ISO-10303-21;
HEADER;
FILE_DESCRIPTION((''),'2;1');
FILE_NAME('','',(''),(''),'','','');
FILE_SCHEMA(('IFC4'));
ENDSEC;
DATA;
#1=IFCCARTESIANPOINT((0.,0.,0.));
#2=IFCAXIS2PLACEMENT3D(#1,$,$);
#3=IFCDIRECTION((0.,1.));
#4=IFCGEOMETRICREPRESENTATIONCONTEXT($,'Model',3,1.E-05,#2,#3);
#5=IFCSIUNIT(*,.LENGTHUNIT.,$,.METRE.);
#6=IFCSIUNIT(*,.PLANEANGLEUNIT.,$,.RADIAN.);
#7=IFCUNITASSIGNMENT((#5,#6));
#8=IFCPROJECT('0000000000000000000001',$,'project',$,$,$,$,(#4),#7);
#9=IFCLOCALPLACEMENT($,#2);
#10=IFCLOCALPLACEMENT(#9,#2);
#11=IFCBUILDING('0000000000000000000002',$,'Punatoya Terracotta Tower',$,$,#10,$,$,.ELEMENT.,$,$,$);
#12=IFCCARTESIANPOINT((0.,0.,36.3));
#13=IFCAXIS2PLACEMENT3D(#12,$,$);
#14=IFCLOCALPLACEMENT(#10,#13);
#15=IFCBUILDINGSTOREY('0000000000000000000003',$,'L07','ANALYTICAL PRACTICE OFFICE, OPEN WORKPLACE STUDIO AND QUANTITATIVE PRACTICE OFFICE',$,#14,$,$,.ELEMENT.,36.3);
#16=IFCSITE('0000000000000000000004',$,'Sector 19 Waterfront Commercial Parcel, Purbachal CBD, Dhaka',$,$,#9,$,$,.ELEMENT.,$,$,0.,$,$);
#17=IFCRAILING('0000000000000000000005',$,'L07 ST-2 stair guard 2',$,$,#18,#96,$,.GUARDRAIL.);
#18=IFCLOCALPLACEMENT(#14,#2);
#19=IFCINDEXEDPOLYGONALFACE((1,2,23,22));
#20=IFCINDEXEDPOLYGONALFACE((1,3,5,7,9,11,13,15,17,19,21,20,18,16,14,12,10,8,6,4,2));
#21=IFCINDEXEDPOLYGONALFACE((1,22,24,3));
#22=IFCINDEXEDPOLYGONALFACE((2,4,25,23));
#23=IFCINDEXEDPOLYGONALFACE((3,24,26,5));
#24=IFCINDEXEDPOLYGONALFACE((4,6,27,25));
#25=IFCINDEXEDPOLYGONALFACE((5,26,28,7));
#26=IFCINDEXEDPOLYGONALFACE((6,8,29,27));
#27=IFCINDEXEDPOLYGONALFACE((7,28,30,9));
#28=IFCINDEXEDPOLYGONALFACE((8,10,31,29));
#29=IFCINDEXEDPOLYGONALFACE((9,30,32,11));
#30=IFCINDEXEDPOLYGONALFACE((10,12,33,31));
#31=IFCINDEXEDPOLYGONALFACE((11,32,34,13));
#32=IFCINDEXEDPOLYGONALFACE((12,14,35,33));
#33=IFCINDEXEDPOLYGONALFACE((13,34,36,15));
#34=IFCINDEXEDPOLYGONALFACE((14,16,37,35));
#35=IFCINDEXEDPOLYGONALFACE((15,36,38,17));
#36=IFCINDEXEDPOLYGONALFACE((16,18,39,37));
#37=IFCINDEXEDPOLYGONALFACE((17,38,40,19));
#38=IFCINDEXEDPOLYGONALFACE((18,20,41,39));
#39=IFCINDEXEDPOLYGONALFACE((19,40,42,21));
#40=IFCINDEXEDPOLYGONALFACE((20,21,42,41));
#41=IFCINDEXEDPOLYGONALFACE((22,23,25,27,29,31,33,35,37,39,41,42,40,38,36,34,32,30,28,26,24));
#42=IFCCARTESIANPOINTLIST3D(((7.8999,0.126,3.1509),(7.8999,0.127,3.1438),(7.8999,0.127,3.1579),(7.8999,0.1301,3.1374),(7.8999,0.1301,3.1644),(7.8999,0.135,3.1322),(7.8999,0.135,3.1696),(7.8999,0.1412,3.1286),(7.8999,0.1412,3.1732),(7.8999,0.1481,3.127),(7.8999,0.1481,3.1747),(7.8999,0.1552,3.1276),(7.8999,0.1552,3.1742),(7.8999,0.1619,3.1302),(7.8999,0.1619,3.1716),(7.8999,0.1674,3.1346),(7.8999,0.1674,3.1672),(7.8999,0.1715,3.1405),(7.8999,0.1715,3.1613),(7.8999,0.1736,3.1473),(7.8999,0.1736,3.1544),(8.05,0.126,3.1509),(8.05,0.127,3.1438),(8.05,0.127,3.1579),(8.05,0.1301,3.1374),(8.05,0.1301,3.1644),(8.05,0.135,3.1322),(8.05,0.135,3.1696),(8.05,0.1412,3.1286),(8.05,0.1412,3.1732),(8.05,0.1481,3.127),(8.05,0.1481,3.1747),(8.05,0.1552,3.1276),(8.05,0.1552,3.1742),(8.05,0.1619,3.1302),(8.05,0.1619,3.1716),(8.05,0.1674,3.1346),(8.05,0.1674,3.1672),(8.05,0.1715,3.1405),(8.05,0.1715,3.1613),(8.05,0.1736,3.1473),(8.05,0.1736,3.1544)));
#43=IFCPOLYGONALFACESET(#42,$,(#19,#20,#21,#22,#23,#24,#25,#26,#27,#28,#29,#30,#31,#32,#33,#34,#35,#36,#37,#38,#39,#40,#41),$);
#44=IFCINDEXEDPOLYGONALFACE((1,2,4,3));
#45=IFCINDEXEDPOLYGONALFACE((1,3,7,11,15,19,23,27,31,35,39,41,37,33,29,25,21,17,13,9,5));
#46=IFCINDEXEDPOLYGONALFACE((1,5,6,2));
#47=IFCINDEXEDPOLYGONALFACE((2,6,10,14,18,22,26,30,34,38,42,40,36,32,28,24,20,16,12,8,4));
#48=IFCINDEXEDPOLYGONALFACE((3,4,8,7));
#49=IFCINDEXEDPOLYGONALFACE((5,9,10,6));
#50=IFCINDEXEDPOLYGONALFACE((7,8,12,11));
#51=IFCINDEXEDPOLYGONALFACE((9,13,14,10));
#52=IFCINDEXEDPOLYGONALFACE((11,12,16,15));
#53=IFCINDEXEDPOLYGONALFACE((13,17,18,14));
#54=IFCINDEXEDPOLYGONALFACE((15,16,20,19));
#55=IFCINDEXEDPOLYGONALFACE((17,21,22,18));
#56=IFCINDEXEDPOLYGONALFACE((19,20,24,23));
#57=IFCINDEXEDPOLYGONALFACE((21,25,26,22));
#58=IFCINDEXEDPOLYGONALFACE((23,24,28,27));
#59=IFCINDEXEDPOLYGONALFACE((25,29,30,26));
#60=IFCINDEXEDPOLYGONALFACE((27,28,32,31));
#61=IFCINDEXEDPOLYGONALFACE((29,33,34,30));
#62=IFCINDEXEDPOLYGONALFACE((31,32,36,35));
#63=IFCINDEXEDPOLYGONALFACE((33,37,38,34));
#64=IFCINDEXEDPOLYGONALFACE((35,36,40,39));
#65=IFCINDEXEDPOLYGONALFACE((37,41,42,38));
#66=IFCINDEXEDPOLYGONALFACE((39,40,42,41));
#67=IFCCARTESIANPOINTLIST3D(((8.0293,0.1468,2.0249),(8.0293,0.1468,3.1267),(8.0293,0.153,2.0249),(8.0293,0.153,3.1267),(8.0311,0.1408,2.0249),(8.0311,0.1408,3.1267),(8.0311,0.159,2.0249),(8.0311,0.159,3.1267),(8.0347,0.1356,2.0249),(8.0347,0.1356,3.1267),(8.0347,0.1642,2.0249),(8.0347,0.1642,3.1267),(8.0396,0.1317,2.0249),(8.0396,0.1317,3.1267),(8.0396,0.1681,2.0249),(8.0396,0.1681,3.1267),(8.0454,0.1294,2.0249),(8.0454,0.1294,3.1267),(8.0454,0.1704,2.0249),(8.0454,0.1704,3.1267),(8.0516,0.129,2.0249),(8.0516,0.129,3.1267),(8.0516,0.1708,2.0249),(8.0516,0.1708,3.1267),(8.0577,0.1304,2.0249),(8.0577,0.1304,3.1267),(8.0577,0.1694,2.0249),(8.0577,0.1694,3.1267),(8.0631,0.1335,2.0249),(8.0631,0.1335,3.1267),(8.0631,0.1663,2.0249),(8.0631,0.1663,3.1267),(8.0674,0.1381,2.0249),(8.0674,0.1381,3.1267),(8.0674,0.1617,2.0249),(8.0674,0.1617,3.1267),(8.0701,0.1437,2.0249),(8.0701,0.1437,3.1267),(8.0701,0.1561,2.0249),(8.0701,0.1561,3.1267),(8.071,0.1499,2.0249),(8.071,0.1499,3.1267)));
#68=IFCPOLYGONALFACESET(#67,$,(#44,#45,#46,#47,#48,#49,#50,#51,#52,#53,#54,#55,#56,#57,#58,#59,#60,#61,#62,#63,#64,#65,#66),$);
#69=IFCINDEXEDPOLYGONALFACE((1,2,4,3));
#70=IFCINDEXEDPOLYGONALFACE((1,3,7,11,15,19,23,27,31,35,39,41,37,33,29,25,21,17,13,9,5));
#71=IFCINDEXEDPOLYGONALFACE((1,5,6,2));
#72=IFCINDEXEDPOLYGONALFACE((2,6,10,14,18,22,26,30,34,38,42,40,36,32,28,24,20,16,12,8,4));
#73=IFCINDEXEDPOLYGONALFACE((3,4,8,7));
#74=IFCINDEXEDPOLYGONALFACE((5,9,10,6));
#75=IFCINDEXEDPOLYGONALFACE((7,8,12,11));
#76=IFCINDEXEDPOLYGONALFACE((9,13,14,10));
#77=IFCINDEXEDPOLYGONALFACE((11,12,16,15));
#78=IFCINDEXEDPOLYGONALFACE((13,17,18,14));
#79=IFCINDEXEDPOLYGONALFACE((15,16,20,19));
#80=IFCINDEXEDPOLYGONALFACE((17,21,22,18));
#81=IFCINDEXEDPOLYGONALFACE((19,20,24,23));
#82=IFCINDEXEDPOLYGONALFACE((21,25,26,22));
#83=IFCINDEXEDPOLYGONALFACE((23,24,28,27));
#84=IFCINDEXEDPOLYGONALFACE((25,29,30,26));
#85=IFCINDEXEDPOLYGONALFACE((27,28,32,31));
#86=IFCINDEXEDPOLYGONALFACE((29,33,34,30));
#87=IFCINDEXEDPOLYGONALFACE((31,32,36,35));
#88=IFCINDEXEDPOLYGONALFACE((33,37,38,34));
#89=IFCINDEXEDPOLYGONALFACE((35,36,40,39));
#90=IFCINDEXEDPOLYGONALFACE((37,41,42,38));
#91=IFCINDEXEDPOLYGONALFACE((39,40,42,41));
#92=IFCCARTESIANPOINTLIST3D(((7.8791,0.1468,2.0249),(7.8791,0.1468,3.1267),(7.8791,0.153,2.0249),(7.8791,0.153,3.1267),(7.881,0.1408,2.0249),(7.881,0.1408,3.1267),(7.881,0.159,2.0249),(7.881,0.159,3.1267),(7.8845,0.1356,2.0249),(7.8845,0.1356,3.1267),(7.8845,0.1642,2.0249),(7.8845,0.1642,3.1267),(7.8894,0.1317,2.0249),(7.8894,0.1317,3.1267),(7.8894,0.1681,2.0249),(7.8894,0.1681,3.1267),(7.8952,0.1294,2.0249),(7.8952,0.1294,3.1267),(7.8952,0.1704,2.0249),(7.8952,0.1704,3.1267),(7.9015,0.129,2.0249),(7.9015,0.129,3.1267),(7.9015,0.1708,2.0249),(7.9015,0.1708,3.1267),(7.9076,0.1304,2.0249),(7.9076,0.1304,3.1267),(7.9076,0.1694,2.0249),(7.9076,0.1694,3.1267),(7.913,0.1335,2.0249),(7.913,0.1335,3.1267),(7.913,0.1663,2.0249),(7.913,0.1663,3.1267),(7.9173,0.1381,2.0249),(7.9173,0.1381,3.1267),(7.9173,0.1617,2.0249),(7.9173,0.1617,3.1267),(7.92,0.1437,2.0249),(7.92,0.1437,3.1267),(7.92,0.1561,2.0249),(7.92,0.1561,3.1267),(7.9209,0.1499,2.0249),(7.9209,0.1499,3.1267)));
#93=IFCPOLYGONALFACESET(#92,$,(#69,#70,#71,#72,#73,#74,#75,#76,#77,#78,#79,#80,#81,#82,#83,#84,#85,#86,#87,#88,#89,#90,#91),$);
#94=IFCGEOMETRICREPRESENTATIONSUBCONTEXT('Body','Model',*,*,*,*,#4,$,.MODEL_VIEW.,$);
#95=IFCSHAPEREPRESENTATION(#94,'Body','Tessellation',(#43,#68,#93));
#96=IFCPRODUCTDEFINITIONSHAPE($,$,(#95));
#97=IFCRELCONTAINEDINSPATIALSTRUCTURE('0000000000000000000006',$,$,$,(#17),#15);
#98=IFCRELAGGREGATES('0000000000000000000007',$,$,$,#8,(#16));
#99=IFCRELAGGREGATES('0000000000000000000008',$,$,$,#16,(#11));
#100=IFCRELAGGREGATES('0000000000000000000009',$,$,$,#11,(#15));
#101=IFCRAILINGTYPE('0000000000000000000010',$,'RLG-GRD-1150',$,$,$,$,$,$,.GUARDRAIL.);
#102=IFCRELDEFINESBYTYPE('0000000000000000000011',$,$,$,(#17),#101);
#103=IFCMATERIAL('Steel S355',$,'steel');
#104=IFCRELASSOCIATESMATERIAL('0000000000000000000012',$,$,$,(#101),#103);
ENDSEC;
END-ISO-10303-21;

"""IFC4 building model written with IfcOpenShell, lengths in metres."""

from ifc_helpers import new_model, si_unit, direction, frame, origin, origin_2d, place, context, subcontext, project, spatial, circle, extrude, material, type_object, element, save


model = new_model("IFC4")

# Units and contexts
model_context = context("Model", 3, precision=1e-05, world=origin(), true_north=direction((0.0, 1.0)))
body_context = subcontext(model_context, "Body", "Model", "MODEL_VIEW")
ifc_project = project(units=[si_unit("LENGTHUNIT", "METRE"), si_unit("PLANEANGLEUNIT", "RADIAN")], contexts=[model_context])

# Site, building, storey
site_placement = place(None, origin())
site = spatial("IfcSite", under=ifc_project, at=site_placement, Name="Sector 19 Waterfront Commercial Parcel, Purbachal CBD, Dhaka", CompositionType="ELEMENT", RefElevation=0.0)
building_placement = place(site_placement, origin())
building = spatial("IfcBuilding", under=site, at=building_placement, Name="Punatoya Terracotta Tower", CompositionType="ELEMENT")
storey_placement = place(building_placement, frame((0.0, 0.0, 36.3)))
storey = spatial("IfcBuildingStorey", under=building, at=storey_placement, Name="L07", Description="ANALYTICAL PRACTICE OFFICE, OPEN WORKPLACE STUDIO AND QUANTITATIVE PRACTICE OFFICE", CompositionType="ELEMENT", Elevation=36.3)

# Shared definitions
ifc_material_1 = material(Name="Steel S355", Category="steel")

# Railing
railing_type_1 = type_object("IfcRailingType", Name="RLG-GRD-1150", PredefinedType="GUARDRAIL", material=ifc_material_1)
railing_1_placement = place(storey_placement, frame((8.05, 0.1499, 2.0249)))
element("IfcRailing", 1, at=railing_1_placement, inside=storey, type_object=railing_type_1, Name="L07 ST-2 stair guard 2", PredefinedType="GUARDRAIL", context=body_context, shape_type="SweptSolid", body=[
    extrude(circle(Radius=0.0239, at=origin_2d()), frame((0.0, 0.0, 1.126), z_axis=(-1.0, 0.0, 0.0), x_axis=(0.0, -1.0, 0.0)), (0.0, 0.0, 1.0), 0.1501),
    extrude(circle(Radius=0.021, at=origin_2d()), origin(), (0.0, 0.0, 1.0), 1.1018),
    extrude(circle(Radius=0.021, at=origin_2d()), frame((-0.1501, 0.0, 0.0)), (0.0, 0.0, 1.0), 1.1018),
])

save(model, "model.ifc")
